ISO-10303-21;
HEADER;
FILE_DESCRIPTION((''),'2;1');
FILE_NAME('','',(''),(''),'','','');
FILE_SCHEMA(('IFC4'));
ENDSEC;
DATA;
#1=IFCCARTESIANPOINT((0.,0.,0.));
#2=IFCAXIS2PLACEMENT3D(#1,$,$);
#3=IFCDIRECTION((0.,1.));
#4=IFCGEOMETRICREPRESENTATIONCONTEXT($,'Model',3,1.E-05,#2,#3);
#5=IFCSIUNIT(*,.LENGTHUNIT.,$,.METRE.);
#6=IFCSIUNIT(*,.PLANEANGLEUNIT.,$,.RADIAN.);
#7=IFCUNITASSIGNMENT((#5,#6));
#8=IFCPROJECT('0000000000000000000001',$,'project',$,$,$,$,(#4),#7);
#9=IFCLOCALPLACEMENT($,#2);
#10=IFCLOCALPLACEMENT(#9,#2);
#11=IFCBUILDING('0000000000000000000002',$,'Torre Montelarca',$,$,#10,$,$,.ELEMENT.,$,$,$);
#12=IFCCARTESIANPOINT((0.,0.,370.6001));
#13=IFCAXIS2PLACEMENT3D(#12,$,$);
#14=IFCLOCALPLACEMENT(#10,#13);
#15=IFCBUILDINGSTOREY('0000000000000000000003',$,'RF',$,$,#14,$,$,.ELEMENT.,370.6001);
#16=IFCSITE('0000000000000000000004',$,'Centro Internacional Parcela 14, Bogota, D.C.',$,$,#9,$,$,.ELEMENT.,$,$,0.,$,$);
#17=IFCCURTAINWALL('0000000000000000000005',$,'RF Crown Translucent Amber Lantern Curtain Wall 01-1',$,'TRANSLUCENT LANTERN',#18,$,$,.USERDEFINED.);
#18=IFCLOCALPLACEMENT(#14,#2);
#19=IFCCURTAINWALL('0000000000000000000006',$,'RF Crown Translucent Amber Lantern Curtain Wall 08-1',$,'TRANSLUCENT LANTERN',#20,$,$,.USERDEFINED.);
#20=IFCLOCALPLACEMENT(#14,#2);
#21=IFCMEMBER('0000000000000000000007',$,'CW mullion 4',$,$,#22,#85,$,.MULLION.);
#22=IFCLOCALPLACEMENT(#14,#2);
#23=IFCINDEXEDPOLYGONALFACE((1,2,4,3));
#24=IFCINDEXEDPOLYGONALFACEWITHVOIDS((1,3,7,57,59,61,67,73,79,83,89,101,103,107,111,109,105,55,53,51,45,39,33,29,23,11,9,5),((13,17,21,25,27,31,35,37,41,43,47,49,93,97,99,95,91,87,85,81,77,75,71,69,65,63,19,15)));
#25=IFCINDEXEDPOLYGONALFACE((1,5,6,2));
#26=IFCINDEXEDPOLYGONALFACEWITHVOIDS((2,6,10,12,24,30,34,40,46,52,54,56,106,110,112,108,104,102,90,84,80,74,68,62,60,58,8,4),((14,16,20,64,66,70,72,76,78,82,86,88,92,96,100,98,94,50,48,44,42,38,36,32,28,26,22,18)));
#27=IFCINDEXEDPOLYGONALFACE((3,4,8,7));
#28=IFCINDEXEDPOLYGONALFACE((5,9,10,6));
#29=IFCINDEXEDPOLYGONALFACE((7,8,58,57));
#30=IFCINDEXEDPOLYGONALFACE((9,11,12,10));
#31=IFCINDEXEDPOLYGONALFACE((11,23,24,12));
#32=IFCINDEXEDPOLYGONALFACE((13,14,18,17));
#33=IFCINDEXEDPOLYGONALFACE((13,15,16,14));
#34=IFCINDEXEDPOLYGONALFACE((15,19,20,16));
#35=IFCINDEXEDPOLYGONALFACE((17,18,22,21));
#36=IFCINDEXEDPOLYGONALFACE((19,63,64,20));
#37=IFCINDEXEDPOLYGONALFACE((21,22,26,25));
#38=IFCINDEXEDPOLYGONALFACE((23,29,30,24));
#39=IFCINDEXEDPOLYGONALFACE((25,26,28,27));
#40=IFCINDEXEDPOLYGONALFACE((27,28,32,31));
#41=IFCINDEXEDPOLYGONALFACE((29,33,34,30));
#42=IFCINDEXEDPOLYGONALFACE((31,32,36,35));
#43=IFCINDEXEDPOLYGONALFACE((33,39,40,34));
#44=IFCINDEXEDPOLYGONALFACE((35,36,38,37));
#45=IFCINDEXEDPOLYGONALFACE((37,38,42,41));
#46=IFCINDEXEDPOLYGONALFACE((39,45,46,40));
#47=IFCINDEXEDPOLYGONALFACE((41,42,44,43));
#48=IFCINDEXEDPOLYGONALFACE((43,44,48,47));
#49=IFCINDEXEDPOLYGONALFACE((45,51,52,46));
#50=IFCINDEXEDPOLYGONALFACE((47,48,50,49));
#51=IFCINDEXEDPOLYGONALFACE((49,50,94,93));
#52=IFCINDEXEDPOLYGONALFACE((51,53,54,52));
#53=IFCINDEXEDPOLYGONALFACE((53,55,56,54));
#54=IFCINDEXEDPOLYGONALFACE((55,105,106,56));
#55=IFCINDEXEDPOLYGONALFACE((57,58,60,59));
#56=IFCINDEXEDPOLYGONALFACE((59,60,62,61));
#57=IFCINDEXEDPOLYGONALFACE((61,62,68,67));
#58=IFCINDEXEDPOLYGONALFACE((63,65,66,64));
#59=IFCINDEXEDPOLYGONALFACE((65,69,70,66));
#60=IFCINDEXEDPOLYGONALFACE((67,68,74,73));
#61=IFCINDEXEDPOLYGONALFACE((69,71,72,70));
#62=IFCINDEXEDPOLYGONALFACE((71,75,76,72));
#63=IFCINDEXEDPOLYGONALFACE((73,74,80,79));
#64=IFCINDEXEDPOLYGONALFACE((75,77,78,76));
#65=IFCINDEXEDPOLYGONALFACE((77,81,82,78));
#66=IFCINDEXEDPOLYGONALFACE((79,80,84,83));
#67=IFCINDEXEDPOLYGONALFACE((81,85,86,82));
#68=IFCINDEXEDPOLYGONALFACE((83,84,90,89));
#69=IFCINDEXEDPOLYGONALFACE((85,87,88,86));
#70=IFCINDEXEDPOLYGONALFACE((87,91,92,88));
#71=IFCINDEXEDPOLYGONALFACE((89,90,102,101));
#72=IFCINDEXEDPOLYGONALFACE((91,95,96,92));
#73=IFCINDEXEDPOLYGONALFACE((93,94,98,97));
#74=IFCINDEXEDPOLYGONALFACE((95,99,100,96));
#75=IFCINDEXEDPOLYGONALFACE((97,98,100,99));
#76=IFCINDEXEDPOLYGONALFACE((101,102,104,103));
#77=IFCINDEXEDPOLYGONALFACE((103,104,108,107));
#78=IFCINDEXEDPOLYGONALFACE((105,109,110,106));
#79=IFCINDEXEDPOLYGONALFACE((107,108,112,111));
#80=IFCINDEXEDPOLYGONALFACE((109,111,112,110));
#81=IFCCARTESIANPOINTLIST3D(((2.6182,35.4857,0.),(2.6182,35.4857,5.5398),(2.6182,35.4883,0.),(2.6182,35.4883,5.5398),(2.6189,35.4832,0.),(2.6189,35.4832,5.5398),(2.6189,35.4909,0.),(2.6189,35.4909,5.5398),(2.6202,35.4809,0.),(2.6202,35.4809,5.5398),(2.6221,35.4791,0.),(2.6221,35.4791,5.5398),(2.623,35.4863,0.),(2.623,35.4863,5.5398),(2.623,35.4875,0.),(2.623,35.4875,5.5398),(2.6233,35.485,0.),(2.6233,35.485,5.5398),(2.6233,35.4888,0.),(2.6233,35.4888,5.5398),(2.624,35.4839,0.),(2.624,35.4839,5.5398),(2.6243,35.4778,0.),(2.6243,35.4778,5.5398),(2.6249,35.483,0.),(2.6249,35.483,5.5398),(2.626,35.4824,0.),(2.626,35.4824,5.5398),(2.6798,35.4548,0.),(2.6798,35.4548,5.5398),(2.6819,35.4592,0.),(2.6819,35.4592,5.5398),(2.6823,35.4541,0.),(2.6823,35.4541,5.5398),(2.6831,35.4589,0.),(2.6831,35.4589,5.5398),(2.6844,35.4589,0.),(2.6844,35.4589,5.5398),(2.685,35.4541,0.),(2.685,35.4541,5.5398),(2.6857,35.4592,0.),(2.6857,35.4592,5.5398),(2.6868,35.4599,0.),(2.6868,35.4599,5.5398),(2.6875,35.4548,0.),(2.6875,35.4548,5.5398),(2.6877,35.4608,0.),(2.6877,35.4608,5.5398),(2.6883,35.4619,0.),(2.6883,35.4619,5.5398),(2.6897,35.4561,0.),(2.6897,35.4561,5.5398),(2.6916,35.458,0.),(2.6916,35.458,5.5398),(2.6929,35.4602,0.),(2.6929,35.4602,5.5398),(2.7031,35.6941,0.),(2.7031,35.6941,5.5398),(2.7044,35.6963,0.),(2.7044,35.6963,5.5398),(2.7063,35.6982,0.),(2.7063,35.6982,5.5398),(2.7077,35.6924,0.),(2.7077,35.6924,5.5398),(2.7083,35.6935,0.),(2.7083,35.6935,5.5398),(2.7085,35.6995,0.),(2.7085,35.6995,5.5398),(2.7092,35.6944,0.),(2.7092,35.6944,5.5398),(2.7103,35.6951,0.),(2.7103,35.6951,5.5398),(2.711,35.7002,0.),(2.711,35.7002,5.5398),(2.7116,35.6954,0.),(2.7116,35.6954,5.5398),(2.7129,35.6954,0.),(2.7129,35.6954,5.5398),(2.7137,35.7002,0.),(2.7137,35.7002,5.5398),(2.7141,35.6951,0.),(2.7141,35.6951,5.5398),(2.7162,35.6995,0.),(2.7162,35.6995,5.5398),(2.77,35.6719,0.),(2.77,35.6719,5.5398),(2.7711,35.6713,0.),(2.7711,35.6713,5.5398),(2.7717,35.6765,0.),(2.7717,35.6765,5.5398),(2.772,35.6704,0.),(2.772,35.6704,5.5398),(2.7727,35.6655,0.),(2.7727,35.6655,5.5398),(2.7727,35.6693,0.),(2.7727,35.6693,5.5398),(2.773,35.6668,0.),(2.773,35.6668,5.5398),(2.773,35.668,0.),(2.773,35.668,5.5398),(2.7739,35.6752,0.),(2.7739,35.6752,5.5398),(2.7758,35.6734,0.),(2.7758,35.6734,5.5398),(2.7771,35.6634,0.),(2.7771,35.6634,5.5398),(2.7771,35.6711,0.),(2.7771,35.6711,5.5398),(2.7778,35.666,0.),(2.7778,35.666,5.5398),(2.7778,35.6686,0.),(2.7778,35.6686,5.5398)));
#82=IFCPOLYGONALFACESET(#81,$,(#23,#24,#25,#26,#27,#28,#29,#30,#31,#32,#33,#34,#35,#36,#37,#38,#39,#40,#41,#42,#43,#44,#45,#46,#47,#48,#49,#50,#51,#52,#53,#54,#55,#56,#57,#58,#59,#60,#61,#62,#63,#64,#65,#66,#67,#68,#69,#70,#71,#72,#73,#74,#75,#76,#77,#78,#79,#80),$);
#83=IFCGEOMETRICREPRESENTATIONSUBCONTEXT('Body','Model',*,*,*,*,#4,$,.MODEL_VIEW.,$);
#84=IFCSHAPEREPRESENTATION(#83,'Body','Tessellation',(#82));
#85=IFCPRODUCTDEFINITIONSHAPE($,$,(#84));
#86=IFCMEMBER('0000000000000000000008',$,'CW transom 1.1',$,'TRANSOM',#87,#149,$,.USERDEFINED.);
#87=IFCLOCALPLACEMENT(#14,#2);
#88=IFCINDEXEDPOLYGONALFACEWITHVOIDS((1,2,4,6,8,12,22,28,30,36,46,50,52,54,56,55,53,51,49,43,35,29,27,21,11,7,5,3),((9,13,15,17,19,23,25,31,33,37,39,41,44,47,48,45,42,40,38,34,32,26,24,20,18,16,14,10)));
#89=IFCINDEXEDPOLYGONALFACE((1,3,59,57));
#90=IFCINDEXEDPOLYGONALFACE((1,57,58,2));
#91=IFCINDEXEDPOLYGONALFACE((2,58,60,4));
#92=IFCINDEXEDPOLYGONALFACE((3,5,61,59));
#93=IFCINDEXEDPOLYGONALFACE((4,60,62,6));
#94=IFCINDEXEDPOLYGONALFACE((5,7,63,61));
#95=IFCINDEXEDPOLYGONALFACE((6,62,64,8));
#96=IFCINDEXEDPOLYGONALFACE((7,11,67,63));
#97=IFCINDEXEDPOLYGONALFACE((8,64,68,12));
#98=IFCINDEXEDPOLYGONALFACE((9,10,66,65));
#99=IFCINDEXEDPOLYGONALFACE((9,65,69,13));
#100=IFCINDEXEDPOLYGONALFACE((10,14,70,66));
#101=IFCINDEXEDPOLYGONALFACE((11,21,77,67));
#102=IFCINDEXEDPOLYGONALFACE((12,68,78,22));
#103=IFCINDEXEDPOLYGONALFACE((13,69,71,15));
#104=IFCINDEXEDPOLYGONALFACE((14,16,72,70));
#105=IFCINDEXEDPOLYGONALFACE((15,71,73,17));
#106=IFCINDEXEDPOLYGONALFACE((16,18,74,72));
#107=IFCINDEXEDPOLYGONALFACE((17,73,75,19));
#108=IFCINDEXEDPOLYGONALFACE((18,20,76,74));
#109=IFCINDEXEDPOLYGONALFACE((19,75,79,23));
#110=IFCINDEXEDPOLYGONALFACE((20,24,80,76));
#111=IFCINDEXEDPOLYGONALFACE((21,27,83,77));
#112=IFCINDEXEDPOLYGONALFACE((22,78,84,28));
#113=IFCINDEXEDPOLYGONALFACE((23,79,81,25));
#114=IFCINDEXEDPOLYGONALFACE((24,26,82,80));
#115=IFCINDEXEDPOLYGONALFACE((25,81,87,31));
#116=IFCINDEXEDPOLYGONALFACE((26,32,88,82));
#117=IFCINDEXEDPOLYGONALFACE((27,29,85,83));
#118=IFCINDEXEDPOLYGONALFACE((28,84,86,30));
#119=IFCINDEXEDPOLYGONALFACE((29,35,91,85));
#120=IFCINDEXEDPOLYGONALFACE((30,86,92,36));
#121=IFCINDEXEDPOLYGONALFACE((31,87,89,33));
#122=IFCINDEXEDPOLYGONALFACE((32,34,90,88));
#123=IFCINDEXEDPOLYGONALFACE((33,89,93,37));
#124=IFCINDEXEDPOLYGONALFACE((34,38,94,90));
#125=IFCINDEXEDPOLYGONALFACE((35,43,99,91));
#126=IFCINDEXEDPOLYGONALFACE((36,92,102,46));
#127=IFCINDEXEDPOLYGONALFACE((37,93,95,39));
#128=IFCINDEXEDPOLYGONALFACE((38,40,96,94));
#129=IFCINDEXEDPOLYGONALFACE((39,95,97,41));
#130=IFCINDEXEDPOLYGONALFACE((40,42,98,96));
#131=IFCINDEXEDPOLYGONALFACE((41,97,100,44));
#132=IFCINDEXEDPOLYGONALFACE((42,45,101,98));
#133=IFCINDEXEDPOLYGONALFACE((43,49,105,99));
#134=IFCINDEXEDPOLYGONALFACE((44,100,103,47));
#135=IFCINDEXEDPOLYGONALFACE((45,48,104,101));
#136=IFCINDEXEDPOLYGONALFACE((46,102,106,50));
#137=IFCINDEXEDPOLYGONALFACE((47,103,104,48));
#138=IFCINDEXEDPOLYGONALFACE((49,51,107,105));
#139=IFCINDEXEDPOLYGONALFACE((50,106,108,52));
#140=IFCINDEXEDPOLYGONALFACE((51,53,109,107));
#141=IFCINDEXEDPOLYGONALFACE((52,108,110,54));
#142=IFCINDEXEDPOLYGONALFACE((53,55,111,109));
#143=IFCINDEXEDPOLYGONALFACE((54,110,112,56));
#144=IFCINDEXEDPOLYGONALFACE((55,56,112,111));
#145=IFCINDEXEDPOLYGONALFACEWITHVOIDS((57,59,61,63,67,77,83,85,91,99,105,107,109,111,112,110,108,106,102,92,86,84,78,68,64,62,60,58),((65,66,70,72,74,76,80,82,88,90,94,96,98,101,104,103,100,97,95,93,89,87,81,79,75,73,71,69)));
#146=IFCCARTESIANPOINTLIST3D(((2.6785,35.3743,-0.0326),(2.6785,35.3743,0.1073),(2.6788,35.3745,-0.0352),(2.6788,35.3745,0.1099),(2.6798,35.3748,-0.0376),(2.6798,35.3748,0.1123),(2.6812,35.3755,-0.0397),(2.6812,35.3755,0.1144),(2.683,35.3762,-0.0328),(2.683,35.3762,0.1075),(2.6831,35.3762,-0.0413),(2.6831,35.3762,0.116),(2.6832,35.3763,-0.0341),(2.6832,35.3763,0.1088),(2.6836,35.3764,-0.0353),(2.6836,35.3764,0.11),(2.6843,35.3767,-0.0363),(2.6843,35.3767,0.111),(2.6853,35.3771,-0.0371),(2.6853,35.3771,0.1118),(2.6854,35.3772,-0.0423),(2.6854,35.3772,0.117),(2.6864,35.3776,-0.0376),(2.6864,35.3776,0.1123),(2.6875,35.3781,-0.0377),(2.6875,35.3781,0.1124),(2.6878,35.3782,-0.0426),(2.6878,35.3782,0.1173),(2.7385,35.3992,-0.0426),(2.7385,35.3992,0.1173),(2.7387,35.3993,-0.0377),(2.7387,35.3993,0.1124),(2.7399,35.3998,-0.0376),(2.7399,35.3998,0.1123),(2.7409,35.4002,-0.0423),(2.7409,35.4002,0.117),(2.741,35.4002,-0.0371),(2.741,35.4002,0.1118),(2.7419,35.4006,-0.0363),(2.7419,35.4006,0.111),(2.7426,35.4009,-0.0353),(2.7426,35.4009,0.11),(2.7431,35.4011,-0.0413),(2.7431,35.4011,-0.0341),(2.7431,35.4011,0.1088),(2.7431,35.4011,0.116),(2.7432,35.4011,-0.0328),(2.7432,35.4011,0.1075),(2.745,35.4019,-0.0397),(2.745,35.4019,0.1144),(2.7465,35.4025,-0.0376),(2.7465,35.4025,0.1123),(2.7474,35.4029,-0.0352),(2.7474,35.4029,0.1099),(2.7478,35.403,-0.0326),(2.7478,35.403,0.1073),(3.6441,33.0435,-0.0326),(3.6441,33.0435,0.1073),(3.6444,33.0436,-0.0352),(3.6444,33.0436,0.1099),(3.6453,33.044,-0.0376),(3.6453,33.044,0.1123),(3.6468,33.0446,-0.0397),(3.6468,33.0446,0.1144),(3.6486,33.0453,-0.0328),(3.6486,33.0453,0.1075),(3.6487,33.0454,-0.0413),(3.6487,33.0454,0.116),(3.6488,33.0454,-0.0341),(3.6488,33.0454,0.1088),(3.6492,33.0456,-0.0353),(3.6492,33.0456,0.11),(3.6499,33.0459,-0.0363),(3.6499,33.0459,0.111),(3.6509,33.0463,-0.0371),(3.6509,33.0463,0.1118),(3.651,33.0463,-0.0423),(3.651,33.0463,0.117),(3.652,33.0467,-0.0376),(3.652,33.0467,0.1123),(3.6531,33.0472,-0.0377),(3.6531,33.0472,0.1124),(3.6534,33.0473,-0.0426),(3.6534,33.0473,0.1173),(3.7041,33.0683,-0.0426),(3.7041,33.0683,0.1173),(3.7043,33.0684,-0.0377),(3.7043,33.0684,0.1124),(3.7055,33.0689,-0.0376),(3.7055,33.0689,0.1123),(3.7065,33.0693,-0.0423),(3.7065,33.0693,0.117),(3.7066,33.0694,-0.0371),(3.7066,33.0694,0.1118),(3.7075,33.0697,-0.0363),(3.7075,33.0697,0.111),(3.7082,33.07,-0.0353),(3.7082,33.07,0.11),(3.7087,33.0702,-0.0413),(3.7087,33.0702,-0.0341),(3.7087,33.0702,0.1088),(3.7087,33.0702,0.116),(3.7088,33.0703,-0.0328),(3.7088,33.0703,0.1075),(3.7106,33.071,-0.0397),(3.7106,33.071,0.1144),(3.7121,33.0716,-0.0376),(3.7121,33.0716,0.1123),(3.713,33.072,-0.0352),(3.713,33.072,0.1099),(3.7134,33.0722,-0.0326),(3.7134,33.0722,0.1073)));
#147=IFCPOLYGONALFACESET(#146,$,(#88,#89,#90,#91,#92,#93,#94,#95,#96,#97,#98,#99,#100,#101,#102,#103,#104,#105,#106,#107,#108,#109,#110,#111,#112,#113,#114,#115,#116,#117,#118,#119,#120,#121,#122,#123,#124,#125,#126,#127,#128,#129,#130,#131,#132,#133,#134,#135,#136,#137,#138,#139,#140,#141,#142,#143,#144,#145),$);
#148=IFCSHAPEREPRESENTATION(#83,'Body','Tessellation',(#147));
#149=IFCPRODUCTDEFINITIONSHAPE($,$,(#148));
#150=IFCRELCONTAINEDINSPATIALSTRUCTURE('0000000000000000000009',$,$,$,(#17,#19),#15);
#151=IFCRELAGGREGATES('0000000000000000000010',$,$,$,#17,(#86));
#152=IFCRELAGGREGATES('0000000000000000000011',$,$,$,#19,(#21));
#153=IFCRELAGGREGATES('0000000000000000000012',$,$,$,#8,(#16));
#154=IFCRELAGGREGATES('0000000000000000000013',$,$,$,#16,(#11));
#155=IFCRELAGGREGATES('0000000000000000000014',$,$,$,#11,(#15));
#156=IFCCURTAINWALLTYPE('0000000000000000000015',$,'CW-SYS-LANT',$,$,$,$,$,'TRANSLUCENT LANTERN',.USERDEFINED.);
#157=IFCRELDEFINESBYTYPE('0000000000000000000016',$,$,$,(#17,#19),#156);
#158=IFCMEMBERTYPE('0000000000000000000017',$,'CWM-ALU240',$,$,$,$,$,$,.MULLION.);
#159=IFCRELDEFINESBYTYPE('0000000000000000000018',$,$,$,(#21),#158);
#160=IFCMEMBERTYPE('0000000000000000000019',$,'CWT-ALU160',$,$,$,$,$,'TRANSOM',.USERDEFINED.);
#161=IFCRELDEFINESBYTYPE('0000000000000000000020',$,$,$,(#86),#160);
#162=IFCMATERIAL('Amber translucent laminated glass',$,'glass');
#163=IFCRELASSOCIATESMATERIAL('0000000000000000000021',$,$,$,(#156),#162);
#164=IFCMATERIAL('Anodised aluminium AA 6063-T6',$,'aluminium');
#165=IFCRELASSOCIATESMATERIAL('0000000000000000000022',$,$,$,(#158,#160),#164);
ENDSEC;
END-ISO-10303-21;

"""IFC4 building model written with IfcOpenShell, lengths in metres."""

from ifc_helpers import new_model, si_unit, direction, frame, origin, origin_2d, place, context, subcontext, project, spatial, hollow_rectangle, extrude, source, transform, mapped, material, material_profile, profile_set, type_object, element, aggregate, save


model = new_model("IFC4")

# Units and contexts
model_context = context("Model", 3, precision=1e-05, world=origin(), true_north=direction((0.0, 1.0)))
body_context = subcontext(model_context, "Body", "Model", "MODEL_VIEW")
ifc_project = project(units=[si_unit("LENGTHUNIT", "METRE"), si_unit("PLANEANGLEUNIT", "RADIAN")], contexts=[model_context])

# Site, building, storey
site_placement = place(None, origin())
site = spatial("IfcSite", under=ifc_project, at=site_placement, Name="Centro Internacional Parcela 14, Bogota, D.C.", CompositionType="ELEMENT", RefElevation=0.0)
building_placement = place(site_placement, origin())
building = spatial("IfcBuilding", under=site, at=building_placement, Name="Torre Montelarca", CompositionType="ELEMENT")
storey_placement = place(building_placement, frame((0.0, 0.0, 370.6001)))
storey = spatial("IfcBuildingStorey", under=building, at=storey_placement, Name="RF", CompositionType="ELEMENT", Elevation=370.6001)

# Curtain walls, member
ifc_material_1 = material(Name="Amber translucent laminated glass", Category="glass")
curtain_wall_type = type_object("IfcCurtainWallType", Name="CW-SYS-LANT", ElementType="TRANSLUCENT LANTERN", PredefinedType="USERDEFINED", material=ifc_material_1)
curtain_wall_1_placement = place(storey_placement, origin())
curtain_wall_1 = element("IfcCurtainWall", 1, at=curtain_wall_1_placement, inside=storey, type_object=curtain_wall_type, Name="RF Crown Translucent Amber Lantern Curtain Wall 01-1", ObjectType="TRANSLUCENT LANTERN", PredefinedType="USERDEFINED")
ifc_material_2 = material(Name="Anodised aluminium AA 6063-T6", Category="aluminium")
ifc_material_profile_1 = material_profile(ifc_material_2, hollow_rectangle(XDim=0.0801, YDim=0.24, WallThickness=0.0049, InnerFilletRadius=0.0049, OuterFilletRadius=0.01, at=origin_2d()), Name="ALU80X240X5", Category="aluminium")
ifc_profile_set_1 = profile_set([ifc_material_profile_1], Name="Anodised aluminium AA 6063-T6")
member_type_1 = type_object("IfcMemberType", Name="CWM-ALU240", PredefinedType="MULLION", material=ifc_profile_set_1)
shared_shape_1 = source(origin(), body_context, "Body", "SweptSolid", [
    extrude(hollow_rectangle(XDim=0.0801, YDim=0.24, WallThickness=0.0049, InnerFilletRadius=0.0049, OuterFilletRadius=0.01, at=origin_2d()), origin(), (0.0, 0.0, 1.0), 5.5398),
])
curtain_wall_2_placement = place(storey_placement, origin())
curtain_wall_2 = element("IfcCurtainWall", 2, at=curtain_wall_2_placement, inside=storey, type_object=curtain_wall_type, Name="RF Crown Translucent Amber Lantern Curtain Wall 08-1", ObjectType="TRANSLUCENT LANTERN", PredefinedType="USERDEFINED")
member_1_placement = place(storey_placement, frame((2.698, 35.5771, 0.0), z_axis=(0.0, 0.0, 1.0), x_axis=(0.923873, -0.3827, 0.0)))
member_1 = element("IfcMember", 3, at=member_1_placement, type_object=member_type_1, Name="CW mullion 4", PredefinedType="MULLION", context=body_context, shape_type="MappedRepresentation", body=[
    mapped(shared_shape_1, transform((0.0, 0.0, 0.0), scale=1.0)),
])

# Member
ifc_material_profile_2 = material_profile(ifc_material_2, hollow_rectangle(XDim=0.075, YDim=0.1599, WallThickness=0.0049, InnerFilletRadius=0.0049, OuterFilletRadius=0.01, at=origin_2d()), Name="ALU75X160X5", Category="aluminium")
ifc_profile_set_2 = profile_set([ifc_material_profile_2], Name="Anodised aluminium AA 6063-T6")
member_type_2 = type_object("IfcMemberType", Name="CWT-ALU160", ElementType="TRANSOM", PredefinedType="USERDEFINED", material=ifc_profile_set_2)
shared_shape_2 = source(origin(), body_context, "Body", "SweptSolid", [
    extrude(hollow_rectangle(XDim=0.075, YDim=0.1599, WallThickness=0.0049, InnerFilletRadius=0.0049, OuterFilletRadius=0.01, at=origin_2d()), origin(), (0.0, 0.0, 1.0), 2.5229),
])
member_2_placement = place(storey_placement, frame((2.7131, 35.3887, 0.0374), z_axis=(0.382725, -0.923862, 0.0), x_axis=(0.923862, 0.382725, 0.0)))
member_2 = element("IfcMember", 4, at=member_2_placement, type_object=member_type_2, Name="CW transom 1.1", ObjectType="TRANSOM", PredefinedType="USERDEFINED", context=body_context, shape_type="MappedRepresentation", body=[
    mapped(shared_shape_2, transform((0.0, 0.0, 0.0), scale=1.0)),
])

aggregate(curtain_wall_1, [member_2])
aggregate(curtain_wall_2, [member_1])

save(model, "model.ifc")
